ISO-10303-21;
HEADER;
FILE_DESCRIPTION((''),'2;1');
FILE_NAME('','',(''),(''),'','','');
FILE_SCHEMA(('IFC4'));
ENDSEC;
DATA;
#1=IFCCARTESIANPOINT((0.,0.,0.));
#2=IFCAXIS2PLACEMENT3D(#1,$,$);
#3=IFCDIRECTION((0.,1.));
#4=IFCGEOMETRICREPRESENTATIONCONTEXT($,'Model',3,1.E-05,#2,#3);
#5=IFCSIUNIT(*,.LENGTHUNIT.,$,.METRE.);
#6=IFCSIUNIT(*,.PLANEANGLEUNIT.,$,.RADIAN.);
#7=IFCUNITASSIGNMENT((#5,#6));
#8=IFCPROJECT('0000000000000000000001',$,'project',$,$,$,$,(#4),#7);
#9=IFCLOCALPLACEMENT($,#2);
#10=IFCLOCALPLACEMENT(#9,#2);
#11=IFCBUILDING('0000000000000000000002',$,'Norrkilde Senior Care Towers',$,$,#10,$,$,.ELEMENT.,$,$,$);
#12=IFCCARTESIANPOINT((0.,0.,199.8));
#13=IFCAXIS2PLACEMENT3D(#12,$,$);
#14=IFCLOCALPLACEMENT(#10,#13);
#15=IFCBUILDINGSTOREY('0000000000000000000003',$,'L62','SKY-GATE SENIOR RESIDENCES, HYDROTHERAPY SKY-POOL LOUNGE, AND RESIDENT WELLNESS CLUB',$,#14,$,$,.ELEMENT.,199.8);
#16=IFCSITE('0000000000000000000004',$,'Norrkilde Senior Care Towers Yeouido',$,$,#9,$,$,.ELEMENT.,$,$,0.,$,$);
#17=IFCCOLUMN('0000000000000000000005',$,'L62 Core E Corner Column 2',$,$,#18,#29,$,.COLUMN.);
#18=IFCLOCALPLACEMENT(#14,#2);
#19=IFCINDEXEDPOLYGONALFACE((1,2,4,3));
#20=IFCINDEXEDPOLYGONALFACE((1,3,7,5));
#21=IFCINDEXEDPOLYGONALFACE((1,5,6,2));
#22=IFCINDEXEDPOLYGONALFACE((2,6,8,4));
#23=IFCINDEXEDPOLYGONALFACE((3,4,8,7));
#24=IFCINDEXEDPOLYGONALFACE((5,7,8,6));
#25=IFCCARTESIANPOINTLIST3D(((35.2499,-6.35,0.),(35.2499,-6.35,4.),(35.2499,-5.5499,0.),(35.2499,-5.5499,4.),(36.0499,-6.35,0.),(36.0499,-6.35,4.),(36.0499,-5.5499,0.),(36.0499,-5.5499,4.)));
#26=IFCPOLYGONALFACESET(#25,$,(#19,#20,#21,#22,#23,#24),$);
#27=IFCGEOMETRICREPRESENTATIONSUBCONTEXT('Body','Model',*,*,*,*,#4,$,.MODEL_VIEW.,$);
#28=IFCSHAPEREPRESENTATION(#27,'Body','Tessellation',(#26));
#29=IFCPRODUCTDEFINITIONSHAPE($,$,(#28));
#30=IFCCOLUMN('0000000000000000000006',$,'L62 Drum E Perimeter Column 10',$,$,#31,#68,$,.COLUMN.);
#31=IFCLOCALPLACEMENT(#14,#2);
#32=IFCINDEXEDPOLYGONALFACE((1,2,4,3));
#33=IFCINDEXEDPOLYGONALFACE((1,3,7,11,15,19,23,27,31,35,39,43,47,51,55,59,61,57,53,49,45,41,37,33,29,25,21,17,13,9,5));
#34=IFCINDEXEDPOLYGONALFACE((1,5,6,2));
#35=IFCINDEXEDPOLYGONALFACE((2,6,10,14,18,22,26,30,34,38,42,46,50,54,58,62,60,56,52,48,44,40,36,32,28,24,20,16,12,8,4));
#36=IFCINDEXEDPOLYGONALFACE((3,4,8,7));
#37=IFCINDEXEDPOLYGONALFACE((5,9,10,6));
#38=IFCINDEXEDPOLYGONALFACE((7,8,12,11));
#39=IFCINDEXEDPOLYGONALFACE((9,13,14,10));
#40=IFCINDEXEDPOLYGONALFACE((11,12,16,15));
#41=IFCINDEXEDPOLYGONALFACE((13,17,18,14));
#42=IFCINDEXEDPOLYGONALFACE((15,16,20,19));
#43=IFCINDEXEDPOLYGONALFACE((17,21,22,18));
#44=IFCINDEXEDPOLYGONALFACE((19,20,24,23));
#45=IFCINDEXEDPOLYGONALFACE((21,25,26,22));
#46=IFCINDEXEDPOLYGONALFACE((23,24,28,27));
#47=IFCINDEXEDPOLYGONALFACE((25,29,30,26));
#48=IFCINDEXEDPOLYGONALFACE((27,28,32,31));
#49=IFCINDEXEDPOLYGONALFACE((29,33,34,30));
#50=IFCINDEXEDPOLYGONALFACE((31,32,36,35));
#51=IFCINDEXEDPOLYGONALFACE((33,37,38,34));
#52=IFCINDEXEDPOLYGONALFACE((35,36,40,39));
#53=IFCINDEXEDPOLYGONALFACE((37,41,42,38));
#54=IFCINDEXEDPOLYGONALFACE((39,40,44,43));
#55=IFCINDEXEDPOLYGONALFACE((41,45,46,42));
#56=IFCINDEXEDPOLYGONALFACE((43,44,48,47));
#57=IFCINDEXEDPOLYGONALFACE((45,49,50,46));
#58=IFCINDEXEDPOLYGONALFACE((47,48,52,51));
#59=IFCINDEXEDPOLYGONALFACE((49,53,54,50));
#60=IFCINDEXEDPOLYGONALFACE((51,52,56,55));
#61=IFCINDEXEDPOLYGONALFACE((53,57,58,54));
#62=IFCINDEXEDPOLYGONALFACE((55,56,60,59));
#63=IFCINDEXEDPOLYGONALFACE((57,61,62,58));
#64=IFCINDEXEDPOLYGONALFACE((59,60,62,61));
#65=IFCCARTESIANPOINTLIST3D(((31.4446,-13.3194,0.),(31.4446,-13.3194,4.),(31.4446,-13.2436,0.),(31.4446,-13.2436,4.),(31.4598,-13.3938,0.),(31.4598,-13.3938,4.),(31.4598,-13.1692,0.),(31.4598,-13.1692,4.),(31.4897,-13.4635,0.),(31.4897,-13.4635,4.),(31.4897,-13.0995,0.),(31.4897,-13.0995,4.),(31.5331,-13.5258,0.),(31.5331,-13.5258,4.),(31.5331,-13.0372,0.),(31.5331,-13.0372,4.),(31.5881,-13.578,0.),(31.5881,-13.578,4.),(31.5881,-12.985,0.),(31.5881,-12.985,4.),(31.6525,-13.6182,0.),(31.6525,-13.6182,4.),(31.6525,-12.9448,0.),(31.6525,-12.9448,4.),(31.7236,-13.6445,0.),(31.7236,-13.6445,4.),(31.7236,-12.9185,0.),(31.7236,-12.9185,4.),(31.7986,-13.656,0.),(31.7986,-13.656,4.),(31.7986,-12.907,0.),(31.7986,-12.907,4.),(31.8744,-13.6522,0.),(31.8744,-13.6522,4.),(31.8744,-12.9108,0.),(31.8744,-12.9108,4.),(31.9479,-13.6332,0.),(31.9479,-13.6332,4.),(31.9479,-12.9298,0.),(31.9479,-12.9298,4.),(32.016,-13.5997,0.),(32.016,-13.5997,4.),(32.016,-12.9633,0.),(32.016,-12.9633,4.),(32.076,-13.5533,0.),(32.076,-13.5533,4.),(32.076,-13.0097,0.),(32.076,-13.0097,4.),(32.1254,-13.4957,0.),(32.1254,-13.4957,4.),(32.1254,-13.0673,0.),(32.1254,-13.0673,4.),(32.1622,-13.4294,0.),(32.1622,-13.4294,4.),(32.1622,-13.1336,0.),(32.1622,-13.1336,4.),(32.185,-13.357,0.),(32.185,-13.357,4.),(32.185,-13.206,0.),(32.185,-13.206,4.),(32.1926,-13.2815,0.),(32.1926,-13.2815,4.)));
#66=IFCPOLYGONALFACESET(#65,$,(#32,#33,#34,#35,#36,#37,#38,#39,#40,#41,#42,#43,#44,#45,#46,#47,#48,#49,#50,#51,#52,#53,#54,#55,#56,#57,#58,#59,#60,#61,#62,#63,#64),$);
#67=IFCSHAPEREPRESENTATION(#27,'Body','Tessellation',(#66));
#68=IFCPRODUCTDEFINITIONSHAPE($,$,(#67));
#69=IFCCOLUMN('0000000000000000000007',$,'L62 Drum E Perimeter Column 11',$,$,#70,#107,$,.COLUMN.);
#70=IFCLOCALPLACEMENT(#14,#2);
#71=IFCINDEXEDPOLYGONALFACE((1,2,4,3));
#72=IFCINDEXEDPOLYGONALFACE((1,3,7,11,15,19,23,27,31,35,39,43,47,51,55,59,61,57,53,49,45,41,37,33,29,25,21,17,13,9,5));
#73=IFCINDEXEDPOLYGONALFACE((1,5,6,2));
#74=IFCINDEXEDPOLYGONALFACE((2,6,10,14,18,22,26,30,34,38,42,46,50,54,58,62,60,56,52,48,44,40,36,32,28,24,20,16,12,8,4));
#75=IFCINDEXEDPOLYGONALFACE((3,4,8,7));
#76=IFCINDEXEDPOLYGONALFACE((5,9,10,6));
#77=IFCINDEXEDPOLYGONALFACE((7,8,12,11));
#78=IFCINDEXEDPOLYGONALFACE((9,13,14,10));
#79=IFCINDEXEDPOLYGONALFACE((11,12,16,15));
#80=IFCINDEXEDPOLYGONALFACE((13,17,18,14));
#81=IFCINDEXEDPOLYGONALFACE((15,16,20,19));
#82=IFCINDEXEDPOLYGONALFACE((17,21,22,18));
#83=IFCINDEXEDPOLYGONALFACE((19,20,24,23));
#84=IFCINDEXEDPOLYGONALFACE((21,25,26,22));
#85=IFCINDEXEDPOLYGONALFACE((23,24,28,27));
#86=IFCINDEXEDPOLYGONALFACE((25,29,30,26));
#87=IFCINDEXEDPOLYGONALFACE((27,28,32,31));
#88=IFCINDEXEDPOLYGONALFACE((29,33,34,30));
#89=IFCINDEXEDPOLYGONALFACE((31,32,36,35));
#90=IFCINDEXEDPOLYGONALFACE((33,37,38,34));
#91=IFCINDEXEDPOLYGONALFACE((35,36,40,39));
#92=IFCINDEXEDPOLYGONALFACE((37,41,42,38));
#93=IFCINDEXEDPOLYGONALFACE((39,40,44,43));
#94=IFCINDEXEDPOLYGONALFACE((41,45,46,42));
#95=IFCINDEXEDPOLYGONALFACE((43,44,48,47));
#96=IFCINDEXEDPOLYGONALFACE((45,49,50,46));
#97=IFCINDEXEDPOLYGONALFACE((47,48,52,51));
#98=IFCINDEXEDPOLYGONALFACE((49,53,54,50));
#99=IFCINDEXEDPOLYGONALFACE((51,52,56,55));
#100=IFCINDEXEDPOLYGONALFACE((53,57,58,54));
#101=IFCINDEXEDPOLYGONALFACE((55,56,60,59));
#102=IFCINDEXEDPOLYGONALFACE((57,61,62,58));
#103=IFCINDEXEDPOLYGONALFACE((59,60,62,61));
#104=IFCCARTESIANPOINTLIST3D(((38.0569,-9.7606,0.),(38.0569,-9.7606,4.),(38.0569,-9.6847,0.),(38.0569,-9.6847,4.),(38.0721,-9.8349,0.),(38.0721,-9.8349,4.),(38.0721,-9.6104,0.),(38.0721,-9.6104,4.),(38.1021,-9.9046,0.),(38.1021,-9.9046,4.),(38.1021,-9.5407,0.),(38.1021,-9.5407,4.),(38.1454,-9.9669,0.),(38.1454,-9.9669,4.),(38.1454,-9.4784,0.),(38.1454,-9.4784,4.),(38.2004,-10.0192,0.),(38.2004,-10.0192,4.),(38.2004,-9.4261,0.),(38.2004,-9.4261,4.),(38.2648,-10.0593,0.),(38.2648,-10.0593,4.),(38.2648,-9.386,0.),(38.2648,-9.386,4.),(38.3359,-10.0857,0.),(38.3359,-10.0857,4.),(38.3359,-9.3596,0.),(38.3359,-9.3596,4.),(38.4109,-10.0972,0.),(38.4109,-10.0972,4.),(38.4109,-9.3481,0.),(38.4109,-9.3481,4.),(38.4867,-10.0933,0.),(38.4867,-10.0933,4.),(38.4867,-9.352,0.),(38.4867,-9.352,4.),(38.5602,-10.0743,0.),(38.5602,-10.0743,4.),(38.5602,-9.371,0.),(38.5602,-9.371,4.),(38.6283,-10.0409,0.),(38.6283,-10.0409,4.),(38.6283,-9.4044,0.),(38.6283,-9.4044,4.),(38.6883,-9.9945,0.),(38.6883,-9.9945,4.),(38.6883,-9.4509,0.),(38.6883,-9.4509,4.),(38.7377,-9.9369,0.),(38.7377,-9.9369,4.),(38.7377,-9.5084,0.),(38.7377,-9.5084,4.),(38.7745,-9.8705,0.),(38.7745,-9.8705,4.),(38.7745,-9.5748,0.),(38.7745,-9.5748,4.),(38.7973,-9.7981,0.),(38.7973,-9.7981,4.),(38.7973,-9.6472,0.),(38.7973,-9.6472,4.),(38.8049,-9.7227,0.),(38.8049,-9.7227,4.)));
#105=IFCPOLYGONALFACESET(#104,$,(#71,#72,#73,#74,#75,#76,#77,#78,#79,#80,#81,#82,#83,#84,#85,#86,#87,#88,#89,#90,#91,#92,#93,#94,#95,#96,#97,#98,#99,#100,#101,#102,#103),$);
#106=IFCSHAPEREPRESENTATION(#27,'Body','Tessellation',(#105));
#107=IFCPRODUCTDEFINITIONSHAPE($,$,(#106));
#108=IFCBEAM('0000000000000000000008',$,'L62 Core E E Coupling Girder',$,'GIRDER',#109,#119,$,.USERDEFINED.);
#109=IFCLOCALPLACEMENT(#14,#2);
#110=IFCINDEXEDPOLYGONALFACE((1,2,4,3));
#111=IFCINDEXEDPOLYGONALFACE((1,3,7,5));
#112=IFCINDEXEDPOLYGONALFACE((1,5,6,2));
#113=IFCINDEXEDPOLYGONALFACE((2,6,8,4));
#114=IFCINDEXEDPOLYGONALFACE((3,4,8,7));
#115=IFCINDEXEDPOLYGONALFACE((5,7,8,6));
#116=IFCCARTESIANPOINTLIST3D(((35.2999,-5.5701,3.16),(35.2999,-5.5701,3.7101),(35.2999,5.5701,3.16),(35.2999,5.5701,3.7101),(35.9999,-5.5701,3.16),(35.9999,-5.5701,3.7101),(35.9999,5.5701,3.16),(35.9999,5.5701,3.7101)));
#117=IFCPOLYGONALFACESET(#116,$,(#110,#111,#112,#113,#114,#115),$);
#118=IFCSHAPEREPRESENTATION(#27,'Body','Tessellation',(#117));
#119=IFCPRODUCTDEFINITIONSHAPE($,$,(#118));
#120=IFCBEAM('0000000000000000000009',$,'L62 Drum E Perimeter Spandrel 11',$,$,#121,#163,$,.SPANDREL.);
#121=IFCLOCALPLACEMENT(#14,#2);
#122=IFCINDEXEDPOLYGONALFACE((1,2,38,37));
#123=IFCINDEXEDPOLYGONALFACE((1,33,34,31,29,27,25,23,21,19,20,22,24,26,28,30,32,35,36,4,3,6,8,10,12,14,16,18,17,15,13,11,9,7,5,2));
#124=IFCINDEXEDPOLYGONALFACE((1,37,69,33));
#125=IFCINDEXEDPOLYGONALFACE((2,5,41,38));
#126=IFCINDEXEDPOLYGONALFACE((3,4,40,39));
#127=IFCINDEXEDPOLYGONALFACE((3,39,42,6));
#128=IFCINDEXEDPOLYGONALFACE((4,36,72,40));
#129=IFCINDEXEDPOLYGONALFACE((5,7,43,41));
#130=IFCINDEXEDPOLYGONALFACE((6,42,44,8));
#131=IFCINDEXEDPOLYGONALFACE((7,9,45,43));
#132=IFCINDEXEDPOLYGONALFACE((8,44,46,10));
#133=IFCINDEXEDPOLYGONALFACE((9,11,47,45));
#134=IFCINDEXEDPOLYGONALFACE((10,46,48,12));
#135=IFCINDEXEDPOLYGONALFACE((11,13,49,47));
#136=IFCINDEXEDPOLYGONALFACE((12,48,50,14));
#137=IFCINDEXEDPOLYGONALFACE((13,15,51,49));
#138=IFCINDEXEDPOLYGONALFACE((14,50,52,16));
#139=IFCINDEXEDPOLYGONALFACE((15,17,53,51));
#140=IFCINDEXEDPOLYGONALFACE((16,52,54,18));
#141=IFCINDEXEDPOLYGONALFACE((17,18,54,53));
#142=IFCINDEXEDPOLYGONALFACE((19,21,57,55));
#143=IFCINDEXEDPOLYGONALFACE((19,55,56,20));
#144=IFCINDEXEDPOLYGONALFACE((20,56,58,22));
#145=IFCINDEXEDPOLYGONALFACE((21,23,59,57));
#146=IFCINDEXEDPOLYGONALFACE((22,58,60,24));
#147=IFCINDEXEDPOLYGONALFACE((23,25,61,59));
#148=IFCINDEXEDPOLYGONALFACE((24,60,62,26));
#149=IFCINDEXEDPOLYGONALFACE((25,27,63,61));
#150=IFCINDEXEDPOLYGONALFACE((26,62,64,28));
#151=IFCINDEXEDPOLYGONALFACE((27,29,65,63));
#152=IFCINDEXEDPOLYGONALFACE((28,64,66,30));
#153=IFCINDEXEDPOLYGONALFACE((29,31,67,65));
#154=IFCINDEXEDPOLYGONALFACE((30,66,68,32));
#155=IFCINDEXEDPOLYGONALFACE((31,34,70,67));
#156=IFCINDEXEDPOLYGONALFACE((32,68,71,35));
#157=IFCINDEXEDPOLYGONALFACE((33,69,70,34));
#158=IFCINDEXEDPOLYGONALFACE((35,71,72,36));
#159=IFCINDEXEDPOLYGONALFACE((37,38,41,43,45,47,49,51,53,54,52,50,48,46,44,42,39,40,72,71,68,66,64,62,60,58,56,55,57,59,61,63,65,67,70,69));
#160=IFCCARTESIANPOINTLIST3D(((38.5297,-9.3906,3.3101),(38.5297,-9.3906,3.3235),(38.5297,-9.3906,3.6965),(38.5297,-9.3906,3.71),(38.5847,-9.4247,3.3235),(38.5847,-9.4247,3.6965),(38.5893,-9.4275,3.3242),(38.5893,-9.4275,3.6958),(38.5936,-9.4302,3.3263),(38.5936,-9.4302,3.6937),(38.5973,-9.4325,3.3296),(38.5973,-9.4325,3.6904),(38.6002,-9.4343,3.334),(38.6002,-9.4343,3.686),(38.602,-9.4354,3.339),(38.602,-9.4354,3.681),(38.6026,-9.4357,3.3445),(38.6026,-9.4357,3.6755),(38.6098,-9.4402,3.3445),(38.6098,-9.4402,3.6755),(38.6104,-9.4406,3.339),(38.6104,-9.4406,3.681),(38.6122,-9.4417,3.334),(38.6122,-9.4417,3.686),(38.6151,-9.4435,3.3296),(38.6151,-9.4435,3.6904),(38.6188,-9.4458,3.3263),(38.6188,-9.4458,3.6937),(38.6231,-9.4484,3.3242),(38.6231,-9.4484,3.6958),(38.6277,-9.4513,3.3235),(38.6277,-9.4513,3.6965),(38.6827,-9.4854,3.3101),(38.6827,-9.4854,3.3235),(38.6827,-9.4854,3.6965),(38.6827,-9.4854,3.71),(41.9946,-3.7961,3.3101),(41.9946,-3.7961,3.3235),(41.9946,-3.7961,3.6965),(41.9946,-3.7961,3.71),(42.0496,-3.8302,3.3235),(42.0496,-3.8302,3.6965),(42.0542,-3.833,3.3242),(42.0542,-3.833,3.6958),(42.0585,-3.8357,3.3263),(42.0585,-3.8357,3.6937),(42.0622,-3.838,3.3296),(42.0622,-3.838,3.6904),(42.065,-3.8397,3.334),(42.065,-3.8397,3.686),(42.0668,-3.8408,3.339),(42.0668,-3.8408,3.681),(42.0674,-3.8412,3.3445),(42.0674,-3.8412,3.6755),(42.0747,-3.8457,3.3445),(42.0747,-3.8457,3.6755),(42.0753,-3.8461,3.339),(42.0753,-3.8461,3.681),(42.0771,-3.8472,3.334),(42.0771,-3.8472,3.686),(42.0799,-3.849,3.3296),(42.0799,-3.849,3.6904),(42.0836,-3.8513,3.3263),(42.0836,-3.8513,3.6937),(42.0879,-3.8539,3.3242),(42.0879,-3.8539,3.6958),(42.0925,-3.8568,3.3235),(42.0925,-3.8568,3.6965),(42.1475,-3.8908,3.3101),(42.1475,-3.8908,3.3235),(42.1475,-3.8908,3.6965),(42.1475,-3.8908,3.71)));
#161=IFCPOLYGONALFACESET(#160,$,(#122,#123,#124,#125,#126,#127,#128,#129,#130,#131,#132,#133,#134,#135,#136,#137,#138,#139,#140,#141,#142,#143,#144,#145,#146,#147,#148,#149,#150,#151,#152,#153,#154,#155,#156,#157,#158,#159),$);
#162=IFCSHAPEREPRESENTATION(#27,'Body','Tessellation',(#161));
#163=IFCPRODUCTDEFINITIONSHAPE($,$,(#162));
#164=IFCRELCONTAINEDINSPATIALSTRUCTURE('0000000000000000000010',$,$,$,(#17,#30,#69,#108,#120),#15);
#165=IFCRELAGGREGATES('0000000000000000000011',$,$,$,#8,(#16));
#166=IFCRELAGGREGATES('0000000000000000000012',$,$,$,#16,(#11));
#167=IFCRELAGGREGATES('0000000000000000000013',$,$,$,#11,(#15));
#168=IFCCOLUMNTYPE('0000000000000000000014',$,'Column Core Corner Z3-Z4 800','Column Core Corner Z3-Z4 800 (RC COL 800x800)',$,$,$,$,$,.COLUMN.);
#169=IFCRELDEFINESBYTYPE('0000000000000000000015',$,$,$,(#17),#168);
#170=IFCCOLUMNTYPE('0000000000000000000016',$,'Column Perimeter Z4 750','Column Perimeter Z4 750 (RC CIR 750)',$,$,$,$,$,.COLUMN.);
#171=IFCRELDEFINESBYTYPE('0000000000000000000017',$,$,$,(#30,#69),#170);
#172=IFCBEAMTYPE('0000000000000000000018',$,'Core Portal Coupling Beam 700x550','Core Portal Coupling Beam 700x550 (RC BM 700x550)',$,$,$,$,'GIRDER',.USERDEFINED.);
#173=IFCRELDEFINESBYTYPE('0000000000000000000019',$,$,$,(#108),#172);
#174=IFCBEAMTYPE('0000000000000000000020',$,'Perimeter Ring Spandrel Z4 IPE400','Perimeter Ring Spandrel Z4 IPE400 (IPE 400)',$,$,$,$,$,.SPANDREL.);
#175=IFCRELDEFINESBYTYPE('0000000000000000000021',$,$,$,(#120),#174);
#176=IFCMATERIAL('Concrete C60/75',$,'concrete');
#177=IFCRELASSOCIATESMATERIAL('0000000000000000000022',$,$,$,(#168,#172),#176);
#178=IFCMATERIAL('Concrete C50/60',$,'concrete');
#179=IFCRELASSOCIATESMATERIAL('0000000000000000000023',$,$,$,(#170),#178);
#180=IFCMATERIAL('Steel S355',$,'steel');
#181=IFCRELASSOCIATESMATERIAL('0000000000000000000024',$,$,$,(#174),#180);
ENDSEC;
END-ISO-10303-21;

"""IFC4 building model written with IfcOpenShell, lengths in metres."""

from ifc_helpers import new_model, si_unit, direction, frame, origin, origin_2d, place, context, subcontext, project, spatial, rectangle, circle, i_section, extrude, source, transform, mapped, material, material_profile, profile_set, type_object, type_shapes, element, save


model = new_model("IFC4")

# Units and contexts
model_context = context("Model", 3, precision=1e-05, world=origin(), true_north=direction((0.0, 1.0)))
body_context = subcontext(model_context, "Body", "Model", "MODEL_VIEW")
ifc_project = project(units=[si_unit("LENGTHUNIT", "METRE"), si_unit("PLANEANGLEUNIT", "RADIAN")], contexts=[model_context])

# Site, building, storey
site_placement = place(None, origin())
site = spatial("IfcSite", under=ifc_project, at=site_placement, Name="Norrkilde Senior Care Towers Yeouido", CompositionType="ELEMENT", RefElevation=0.0)
building_placement = place(site_placement, origin())
building = spatial("IfcBuilding", under=site, at=building_placement, Name="Norrkilde Senior Care Towers", CompositionType="ELEMENT")
storey_placement = place(building_placement, frame((0.0, 0.0, 199.8)))
storey = spatial("IfcBuildingStorey", under=building, at=storey_placement, Name="L62", Description="SKY-GATE SENIOR RESIDENCES, HYDROTHERAPY SKY-POOL LOUNGE, AND RESIDENT WELLNESS CLUB", CompositionType="ELEMENT", Elevation=199.8)

# Columns
ifc_material_1 = material(Name="Concrete C60/75", Category="concrete")
ifc_material_profile_1 = material_profile(ifc_material_1, rectangle(XDim=0.8, YDim=0.8, at=origin_2d()), Name="RC COL 800x800")
ifc_profile_set_1 = profile_set([ifc_material_profile_1], Name="Concrete C60/75")
column_type_1 = type_object("IfcColumnType", Name="Column Core Corner Z3-Z4 800", Description="Column Core Corner Z3-Z4 800 (RC COL 800x800)", PredefinedType="COLUMN", material=ifc_profile_set_1)
shared_shape_1 = source(origin(), body_context, "Body", "SweptSolid", [
    extrude(rectangle(XDim=0.8, YDim=0.8, at=origin_2d()), origin(), (0.0, 0.0, 1.0), 4.0),
])
type_shapes(column_type_1, [shared_shape_1])
column_placement = place(storey_placement, frame((35.6499, -5.95, 0.0), z_axis=(0.0, 0.0, 1.0), x_axis=(1.0, 0.0, 0.0)))
element("IfcColumn", 1, at=column_placement, inside=storey, type_object=column_type_1, Name="L62 Core E Corner Column 2", PredefinedType="COLUMN", context=body_context, shape_type="MappedRepresentation", body=[
    mapped(shared_shape_1, transform((0.0, 0.0, 0.0), x_axis=(1.0, 0.0, 0.0), y_axis=(0.0, 1.0, 0.0), z_axis=(0.0, 0.0, 1.0), scale=1.0)),
])
ifc_material_2 = material(Name="Concrete C50/60", Category="concrete")
ifc_material_profile_2 = material_profile(ifc_material_2, circle(Radius=0.375, at=origin_2d()), Name="RC CIR 750")
ifc_profile_set_2 = profile_set([ifc_material_profile_2], Name="Concrete C50/60")
column_type_2 = type_object("IfcColumnType", Name="Column Perimeter Z4 750", Description="Column Perimeter Z4 750 (RC CIR 750)", PredefinedType="COLUMN", material=ifc_profile_set_2)
shared_shape_2 = source(origin(), body_context, "Body", "SweptSolid", [
    extrude(circle(Radius=0.375, at=origin_2d()), origin(), (0.0, 0.0, 1.0), 4.0),
])
type_shapes(column_type_2, [shared_shape_2])
for number, where, z_axis, x_axis, name in (
    (2, (31.8176, -13.2815, 0.0), (0.0, 0.0, 1.0), (1.0, 0.0, 0.0), "L62 Drum E Perimeter Column 10"),
    (3, (38.4299, -9.7227, 0.0), (0.0, 0.0, 1.0), (1.0, 0.0, 0.0), "L62 Drum E Perimeter Column 11"),
):
    element("IfcColumn", number, at=place(storey_placement, frame(where, z_axis=z_axis, x_axis=x_axis)), inside=storey, type_object=column_type_2, Name=name, PredefinedType="COLUMN", context=body_context, shape_type="MappedRepresentation", body=[
        mapped(shared_shape_2, transform((0.0, 0.0, 0.0), x_axis=(1.0, 0.0, 0.0), y_axis=(0.0, 1.0, 0.0), z_axis=(0.0, 0.0, 1.0), scale=1.0)),
    ])

# Beams
ifc_material_profile_3 = material_profile(ifc_material_1, rectangle(XDim=0.7, YDim=0.55, at=origin_2d()), Name="RC BM 700x550")
ifc_profile_set_3 = profile_set([ifc_material_profile_3], Name="Concrete C60/75")
beam_type_1 = type_object("IfcBeamType", Name="Core Portal Coupling Beam 700x550", Description="Core Portal Coupling Beam 700x550 (RC BM 700x550)", ElementType="GIRDER", PredefinedType="USERDEFINED", material=ifc_profile_set_3)
shared_shape_3 = source(origin(), body_context, "Body", "SweptSolid", [
    extrude(rectangle(XDim=0.7, YDim=0.55, at=origin_2d()), origin(), (0.0, 0.0, 1.0), 11.1401),
])
type_shapes(beam_type_1, [shared_shape_3])
beam_1_placement = place(storey_placement, frame((35.6499, -5.5701, 3.4351), z_axis=(0.0, 1.0, 0.0), x_axis=(-1.0, 0.0, 0.0)))
element("IfcBeam", 4, at=beam_1_placement, inside=storey, type_object=beam_type_1, Name="L62 Core E E Coupling Girder", ObjectType="GIRDER", PredefinedType="USERDEFINED", context=body_context, shape_type="MappedRepresentation", body=[
    mapped(shared_shape_3, transform((0.0, 0.0, 0.0), x_axis=(1.0, 0.0, 0.0), y_axis=(0.0, 1.0, 0.0), z_axis=(0.0, 0.0, 1.0), scale=1.0)),
])
ifc_material_3 = material(Name="Steel S355", Category="steel")
ifc_material_profile_4 = material_profile(ifc_material_3, i_section(OverallWidth=0.1799, OverallDepth=0.3999, WebThickness=0.0085, FlangeThickness=0.0134, FilletRadius=0.021, at=origin_2d()), Name="IPE 400")
ifc_profile_set_4 = profile_set([ifc_material_profile_4], Name="Steel S355")
beam_type_2 = type_object("IfcBeamType", Name="Perimeter Ring Spandrel Z4 IPE400", Description="Perimeter Ring Spandrel Z4 IPE400 (IPE 400)", PredefinedType="SPANDREL", material=ifc_profile_set_4)
shared_shape_4 = source(origin(), body_context, "Body", "SweptSolid", [
    extrude(i_section(OverallWidth=0.1799, OverallDepth=0.3999, WebThickness=0.0085, FlangeThickness=0.0134, FilletRadius=0.021, at=origin_2d()), origin(), (0.0, 0.0, 1.0), 6.5806),
])
beam_2_placement = place(storey_placement, frame((38.6062, -9.438, 3.51), z_axis=(0.52653, 0.850157, 0.0), x_axis=(-0.850157, 0.52653, 0.0)))
element("IfcBeam", 5, at=beam_2_placement, inside=storey, type_object=beam_type_2, Name="L62 Drum E Perimeter Spandrel 11", PredefinedType="SPANDREL", context=body_context, shape_type="MappedRepresentation", body=[
    mapped(shared_shape_4, transform((0.0, 0.0, 0.0), x_axis=(1.0, 0.0, 0.0), y_axis=(0.0, 1.0, 0.0), z_axis=(0.0, 0.0, 1.0), scale=1.0)),
])

save(model, "model.ifc")
